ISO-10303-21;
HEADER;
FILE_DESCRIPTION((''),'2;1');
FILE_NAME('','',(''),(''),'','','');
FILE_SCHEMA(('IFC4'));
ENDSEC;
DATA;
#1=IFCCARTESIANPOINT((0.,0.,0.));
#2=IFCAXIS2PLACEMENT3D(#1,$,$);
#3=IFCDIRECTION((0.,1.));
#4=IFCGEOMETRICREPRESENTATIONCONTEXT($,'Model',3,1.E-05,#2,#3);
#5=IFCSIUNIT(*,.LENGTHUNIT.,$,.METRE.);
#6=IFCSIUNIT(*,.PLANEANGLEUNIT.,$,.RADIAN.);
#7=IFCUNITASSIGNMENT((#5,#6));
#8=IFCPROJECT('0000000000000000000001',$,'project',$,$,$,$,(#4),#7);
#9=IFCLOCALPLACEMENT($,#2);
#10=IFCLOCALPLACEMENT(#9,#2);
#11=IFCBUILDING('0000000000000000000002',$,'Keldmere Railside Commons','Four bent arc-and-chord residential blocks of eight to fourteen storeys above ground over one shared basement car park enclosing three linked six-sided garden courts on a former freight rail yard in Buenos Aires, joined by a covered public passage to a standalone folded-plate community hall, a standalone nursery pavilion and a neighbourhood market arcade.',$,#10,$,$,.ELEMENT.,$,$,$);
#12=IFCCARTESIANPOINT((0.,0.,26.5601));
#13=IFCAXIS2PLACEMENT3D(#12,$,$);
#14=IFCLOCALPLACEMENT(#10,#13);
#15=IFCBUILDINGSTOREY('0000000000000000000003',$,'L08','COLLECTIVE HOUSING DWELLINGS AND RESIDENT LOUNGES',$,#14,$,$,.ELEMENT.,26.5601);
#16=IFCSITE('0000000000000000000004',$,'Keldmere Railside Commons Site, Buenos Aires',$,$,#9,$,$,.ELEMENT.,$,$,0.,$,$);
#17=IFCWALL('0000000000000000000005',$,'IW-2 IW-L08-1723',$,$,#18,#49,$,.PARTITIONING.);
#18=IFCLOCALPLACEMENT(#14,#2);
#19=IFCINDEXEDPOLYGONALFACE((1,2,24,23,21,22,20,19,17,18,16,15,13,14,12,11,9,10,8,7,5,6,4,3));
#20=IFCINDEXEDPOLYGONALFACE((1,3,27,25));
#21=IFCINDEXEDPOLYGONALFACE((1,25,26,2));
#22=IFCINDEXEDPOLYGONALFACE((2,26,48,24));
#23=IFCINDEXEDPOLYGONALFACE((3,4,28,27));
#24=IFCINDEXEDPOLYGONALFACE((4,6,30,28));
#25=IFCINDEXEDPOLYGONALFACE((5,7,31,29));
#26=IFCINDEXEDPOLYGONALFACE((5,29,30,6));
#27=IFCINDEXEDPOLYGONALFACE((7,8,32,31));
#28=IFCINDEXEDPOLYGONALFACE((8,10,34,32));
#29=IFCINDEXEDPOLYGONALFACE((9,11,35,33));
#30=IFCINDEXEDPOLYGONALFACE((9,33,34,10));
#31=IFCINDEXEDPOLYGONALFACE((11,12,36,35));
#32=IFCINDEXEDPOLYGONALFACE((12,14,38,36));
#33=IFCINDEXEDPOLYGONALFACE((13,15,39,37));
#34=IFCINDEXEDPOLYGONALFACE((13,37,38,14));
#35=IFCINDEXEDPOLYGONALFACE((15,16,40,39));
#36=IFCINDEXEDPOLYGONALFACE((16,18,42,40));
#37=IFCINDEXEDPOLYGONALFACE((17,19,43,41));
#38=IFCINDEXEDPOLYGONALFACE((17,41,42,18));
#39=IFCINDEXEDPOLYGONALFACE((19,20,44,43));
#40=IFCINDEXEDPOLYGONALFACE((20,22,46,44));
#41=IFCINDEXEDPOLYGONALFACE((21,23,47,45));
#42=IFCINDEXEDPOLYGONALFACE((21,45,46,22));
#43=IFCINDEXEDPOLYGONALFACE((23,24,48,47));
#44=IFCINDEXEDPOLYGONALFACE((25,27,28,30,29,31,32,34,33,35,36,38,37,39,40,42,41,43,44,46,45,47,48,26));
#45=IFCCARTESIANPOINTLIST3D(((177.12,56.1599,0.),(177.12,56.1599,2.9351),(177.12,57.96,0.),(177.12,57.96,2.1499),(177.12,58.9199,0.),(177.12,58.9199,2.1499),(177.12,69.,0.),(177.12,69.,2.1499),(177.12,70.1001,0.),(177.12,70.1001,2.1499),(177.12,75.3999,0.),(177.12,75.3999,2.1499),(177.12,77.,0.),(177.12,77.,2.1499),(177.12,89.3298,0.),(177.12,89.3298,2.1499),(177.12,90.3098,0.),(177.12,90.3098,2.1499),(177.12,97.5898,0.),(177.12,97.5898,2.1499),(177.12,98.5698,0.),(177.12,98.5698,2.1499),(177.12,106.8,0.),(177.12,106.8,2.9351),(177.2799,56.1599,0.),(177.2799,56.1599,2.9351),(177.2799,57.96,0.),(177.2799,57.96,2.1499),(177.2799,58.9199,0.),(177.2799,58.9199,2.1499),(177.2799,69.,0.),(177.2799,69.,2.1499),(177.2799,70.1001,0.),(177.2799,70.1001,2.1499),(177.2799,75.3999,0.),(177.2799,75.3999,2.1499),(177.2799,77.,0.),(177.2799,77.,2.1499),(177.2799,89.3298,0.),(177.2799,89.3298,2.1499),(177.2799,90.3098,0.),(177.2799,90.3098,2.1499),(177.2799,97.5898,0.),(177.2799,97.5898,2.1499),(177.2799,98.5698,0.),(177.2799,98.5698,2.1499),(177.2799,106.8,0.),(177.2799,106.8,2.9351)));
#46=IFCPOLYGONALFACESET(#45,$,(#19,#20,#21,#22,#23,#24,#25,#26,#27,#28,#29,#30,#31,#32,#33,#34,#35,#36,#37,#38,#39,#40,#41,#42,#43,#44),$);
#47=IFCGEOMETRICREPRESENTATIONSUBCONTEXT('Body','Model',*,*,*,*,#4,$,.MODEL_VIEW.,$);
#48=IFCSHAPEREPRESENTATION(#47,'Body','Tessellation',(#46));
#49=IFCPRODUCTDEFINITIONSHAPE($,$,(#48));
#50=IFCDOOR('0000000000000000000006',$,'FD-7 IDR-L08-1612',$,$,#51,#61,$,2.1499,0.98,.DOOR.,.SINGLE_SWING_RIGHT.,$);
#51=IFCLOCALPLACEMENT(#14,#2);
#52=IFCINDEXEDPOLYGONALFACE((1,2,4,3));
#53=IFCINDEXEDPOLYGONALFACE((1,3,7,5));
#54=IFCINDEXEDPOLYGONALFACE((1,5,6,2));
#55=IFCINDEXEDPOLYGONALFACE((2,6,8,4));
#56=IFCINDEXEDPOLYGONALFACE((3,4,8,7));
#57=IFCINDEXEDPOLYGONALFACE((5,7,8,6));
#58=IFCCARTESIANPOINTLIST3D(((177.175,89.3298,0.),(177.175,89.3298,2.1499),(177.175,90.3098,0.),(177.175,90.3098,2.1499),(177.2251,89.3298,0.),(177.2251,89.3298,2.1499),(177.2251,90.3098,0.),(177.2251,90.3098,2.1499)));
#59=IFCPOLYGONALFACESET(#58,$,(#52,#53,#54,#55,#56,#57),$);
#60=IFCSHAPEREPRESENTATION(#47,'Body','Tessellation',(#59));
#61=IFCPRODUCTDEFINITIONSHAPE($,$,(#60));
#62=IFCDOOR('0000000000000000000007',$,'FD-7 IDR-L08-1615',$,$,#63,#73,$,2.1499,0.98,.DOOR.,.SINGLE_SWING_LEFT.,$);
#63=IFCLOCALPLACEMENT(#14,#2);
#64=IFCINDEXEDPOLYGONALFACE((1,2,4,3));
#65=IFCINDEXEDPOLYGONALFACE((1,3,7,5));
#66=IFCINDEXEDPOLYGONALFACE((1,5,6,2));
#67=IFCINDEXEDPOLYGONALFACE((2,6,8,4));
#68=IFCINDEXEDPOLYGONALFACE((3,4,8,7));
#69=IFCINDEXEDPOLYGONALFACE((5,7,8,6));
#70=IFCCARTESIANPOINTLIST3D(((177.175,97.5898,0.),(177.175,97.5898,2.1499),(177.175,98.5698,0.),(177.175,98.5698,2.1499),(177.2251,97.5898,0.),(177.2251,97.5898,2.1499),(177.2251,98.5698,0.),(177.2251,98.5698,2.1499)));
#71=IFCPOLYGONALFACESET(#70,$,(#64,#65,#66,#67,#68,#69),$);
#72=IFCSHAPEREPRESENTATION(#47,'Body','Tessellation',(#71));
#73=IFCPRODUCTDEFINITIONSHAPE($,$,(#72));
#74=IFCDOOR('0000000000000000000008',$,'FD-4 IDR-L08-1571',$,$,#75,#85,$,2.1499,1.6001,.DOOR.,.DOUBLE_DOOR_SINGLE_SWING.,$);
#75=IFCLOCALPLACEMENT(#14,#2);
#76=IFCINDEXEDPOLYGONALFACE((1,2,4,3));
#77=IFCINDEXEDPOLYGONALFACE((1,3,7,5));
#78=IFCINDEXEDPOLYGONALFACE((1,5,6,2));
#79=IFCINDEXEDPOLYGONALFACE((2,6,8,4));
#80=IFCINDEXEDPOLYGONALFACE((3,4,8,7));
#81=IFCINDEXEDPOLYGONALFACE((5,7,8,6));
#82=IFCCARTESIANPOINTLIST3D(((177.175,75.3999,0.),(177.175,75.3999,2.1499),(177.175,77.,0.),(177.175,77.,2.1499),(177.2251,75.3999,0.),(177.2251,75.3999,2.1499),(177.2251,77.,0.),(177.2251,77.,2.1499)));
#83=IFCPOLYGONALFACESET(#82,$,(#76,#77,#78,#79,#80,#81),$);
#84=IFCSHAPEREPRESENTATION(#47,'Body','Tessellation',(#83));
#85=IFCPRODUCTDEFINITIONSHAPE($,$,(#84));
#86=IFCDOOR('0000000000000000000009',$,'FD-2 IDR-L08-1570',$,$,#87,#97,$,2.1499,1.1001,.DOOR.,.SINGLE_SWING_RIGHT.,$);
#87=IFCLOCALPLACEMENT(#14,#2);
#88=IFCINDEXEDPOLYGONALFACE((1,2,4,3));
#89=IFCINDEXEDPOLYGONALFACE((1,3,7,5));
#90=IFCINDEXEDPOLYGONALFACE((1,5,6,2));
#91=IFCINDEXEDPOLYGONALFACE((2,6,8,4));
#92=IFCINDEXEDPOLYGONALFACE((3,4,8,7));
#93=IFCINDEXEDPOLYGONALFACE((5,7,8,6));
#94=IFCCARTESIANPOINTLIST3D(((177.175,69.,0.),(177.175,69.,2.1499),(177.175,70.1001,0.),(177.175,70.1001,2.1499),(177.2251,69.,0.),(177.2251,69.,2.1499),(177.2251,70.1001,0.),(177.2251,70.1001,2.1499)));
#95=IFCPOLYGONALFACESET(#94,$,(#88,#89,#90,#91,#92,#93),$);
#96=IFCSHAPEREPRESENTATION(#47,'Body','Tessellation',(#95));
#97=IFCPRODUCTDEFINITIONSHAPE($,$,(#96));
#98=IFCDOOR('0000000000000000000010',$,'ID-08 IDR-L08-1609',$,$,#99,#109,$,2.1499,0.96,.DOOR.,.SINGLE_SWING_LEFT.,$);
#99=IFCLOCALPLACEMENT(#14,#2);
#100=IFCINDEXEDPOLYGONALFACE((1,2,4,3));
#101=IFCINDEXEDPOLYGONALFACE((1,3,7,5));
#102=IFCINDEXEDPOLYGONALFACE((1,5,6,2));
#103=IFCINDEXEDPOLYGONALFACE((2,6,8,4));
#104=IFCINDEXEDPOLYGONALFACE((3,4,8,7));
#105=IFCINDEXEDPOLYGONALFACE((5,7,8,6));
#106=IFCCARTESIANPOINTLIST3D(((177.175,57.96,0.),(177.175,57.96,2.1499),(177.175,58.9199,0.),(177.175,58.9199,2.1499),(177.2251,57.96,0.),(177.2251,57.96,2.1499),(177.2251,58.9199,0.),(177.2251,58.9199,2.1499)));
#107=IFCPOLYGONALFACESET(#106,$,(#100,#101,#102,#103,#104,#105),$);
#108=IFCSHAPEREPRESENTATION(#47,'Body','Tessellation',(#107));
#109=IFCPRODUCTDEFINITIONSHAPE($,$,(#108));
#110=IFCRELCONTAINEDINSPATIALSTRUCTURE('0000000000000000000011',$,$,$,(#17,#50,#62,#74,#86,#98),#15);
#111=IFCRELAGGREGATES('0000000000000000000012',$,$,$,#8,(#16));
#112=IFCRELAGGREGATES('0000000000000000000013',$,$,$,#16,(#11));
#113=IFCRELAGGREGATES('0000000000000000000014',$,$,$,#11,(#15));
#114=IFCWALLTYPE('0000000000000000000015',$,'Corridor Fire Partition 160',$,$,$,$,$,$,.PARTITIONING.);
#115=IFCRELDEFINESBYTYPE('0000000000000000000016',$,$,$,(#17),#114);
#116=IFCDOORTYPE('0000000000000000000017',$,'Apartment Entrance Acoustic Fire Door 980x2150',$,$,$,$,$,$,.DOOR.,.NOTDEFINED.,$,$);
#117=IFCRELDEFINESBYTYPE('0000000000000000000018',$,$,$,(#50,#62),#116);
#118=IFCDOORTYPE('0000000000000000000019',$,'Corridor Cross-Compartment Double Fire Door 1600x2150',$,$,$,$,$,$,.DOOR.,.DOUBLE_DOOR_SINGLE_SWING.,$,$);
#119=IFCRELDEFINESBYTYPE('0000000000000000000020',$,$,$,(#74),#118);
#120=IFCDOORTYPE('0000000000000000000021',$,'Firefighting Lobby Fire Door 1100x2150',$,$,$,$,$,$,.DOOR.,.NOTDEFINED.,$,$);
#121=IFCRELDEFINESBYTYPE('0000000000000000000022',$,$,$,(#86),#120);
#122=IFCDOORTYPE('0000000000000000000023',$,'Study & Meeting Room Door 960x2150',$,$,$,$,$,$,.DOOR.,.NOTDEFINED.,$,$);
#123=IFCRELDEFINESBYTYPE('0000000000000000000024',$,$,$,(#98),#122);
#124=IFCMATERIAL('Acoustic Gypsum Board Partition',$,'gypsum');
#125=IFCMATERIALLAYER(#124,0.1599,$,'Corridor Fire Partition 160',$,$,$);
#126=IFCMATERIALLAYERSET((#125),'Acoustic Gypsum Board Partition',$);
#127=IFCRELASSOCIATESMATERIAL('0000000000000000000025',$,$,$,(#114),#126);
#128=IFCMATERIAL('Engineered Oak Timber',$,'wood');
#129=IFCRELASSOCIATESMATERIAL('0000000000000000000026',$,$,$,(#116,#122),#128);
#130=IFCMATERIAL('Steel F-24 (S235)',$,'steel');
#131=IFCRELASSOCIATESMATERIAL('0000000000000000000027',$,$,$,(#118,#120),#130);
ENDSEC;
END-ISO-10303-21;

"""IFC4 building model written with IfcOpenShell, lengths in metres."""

from ifc_helpers import new_model, si_unit, direction, frame, frame_2d, origin, place, context, subcontext, project, spatial, rectangle, extrude, material, layer, layer_set, type_object, element, fill, save


model = new_model("IFC4")

# Units and contexts
model_context = context("Model", 3, precision=1e-05, world=origin(), true_north=direction((0.0, 1.0)))
body_context = subcontext(model_context, "Body", "Model", "MODEL_VIEW")
ifc_project = project(units=[si_unit("LENGTHUNIT", "METRE"), si_unit("PLANEANGLEUNIT", "RADIAN")], contexts=[model_context])

# Site, building, storey
site_placement = place(None, origin())
site = spatial("IfcSite", under=ifc_project, at=site_placement, Name="Keldmere Railside Commons Site, Buenos Aires", CompositionType="ELEMENT", RefElevation=0.0)
building_placement = place(site_placement, origin())
building = spatial("IfcBuilding", under=site, at=building_placement, Name="Keldmere Railside Commons", Description="Four bent arc-and-chord residential blocks of eight to fourteen storeys above ground over one shared basement car park enclosing three linked six-sided garden courts on a former freight rail yard in Buenos Aires, joined by a covered public passage to a standalone folded-plate community hall, a standalone nursery pavilion and a neighbourhood market arcade.", CompositionType="ELEMENT")
storey_placement = place(building_placement, frame((0.0, 0.0, 26.5601)))
storey = spatial("IfcBuildingStorey", under=building, at=storey_placement, Name="L08", Description="COLLECTIVE HOUSING DWELLINGS AND RESIDENT LOUNGES", CompositionType="ELEMENT", Elevation=26.5601)

# Wall, openings, doors
ifc_material_1 = material(Name="Acoustic Gypsum Board Partition", Category="gypsum")
ifc_layer = layer(ifc_material_1, 0.1599, Name="Corridor Fire Partition 160")
ifc_layer_set = layer_set([ifc_layer], Name="Acoustic Gypsum Board Partition")
wall_type = type_object("IfcWallType", Name="Corridor Fire Partition 160", PredefinedType="PARTITIONING", material=ifc_layer_set)
ifc_material_2 = material(Name="Engineered Oak Timber", Category="wood")
door_type_1 = type_object("IfcDoorType", Name="Apartment Entrance Acoustic Fire Door 980x2150", OperationType="NOTDEFINED", PredefinedType="DOOR", material=ifc_material_2)
wall_1_placement = place(storey_placement, frame((177.2, 56.1599, 0.0), z_axis=(0.0, 0.0, 1.0), x_axis=(0.0, 1.0, 0.0)))
wall_1 = element("IfcWall", 1, at=wall_1_placement, inside=storey, type_object=wall_type, Name="IW-2 IW-L08-1723", PredefinedType="PARTITIONING", context=body_context, shape_type="SweptSolid", body=[
    extrude(rectangle(XDim=50.6401, YDim=0.1599, at=frame_2d((25.3201, 0.0))), origin(), (0.0, 0.0, 1.0), 2.9351),
])
opening_1_placement = place(wall_1_placement, frame((12.8401, 0.0, 0.0)))
opening_1 = element("IfcOpeningElement", 2, at=opening_1_placement, cuts=wall_1, PredefinedType="OPENING", context=body_context, shape_type="SweptSolid", body=[
    extrude(rectangle(XDim=1.1001, YDim=2.1499, at=frame_2d((0.55, 1.075))), frame((0.0, 0.0898, 0.0), z_axis=(0.0, -1.0, 0.0), x_axis=(1.0, 0.0, 0.0)), (0.0, 0.0, 1.0), 0.1799),
])
opening_2_placement = place(wall_1_placement, frame((19.24, 0.0, 0.0)))
opening_2 = element("IfcOpeningElement", 3, at=opening_2_placement, cuts=wall_1, PredefinedType="OPENING", context=body_context, shape_type="SweptSolid", body=[
    extrude(rectangle(XDim=1.6001, YDim=2.1499, at=frame_2d((0.8, 1.075))), frame((0.0, 0.0898, 0.0), z_axis=(0.0, -1.0, 0.0), x_axis=(1.0, 0.0, 0.0)), (0.0, 0.0, 1.0), 0.1799),
])
opening_3_placement = place(wall_1_placement, frame((1.8, 0.0, 0.0)))
opening_3 = element("IfcOpeningElement", 4, at=opening_3_placement, cuts=wall_1, PredefinedType="OPENING", context=body_context, shape_type="SweptSolid", body=[
    extrude(rectangle(XDim=0.96, YDim=2.1499, at=frame_2d((0.48, 1.075))), frame((0.0, 0.0898, 0.0), z_axis=(0.0, -1.0, 0.0), x_axis=(1.0, 0.0, 0.0)), (0.0, 0.0, 1.0), 0.1799),
])
opening_4_placement = place(wall_1_placement, frame((33.1699, 0.0, 0.0)))
opening_4 = element("IfcOpeningElement", 5, at=opening_4_placement, cuts=wall_1, PredefinedType="OPENING", context=body_context, shape_type="SweptSolid", body=[
    extrude(rectangle(XDim=0.98, YDim=2.1499, at=frame_2d((0.49, 1.075))), frame((0.0, 0.0898, 0.0), z_axis=(0.0, -1.0, 0.0), x_axis=(1.0, 0.0, 0.0)), (0.0, 0.0, 1.0), 0.1799),
])
opening_5_placement = place(wall_1_placement, frame((41.4299, 0.0, 0.0)))
opening_5 = element("IfcOpeningElement", 6, at=opening_5_placement, cuts=wall_1, PredefinedType="OPENING", context=body_context, shape_type="SweptSolid", body=[
    extrude(rectangle(XDim=0.98, YDim=2.1499, at=frame_2d((0.49, 1.075))), frame((0.0, 0.0898, 0.0), z_axis=(0.0, -1.0, 0.0), x_axis=(1.0, 0.0, 0.0)), (0.0, 0.0, 1.0), 0.1799),
])
door_1_placement = place(opening_4_placement, origin())
door_1 = element("IfcDoor", 7, at=door_1_placement, inside=storey, type_object=door_type_1, Name="FD-7 IDR-L08-1612", OperationType="SINGLE_SWING_RIGHT", OverallHeight=2.1499, OverallWidth=0.98, PredefinedType="DOOR", context=body_context, shape_type="SweptSolid", body=[
    extrude(rectangle(XDim=0.98, YDim=2.1499, at=frame_2d((0.49, 1.075))), frame((0.0, 0.0249, 0.0), z_axis=(0.0, -1.0, 0.0), x_axis=(1.0, 0.0, 0.0)), (0.0, 0.0, 1.0), 0.05),
])
fill(opening_4, door_1)
door_2_placement = place(opening_5_placement, origin())
door_2 = element("IfcDoor", 8, at=door_2_placement, inside=storey, type_object=door_type_1, Name="FD-7 IDR-L08-1615", OperationType="SINGLE_SWING_LEFT", OverallHeight=2.1499, OverallWidth=0.98, PredefinedType="DOOR", context=body_context, shape_type="SweptSolid", body=[
    extrude(rectangle(XDim=0.98, YDim=2.1499, at=frame_2d((0.49, 1.075))), frame((0.0, 0.0249, 0.0), z_axis=(0.0, -1.0, 0.0), x_axis=(1.0, 0.0, 0.0)), (0.0, 0.0, 1.0), 0.05),
])
fill(opening_5, door_2)
ifc_material_3 = material(Name="Steel F-24 (S235)", Category="steel")
door_type_2 = type_object("IfcDoorType", Name="Corridor Cross-Compartment Double Fire Door 1600x2150", OperationType="DOUBLE_DOOR_SINGLE_SWING", PredefinedType="DOOR", material=ifc_material_3)
door_3_placement = place(opening_2_placement, origin())
door_3 = element("IfcDoor", 9, at=door_3_placement, inside=storey, type_object=door_type_2, Name="FD-4 IDR-L08-1571", OperationType="DOUBLE_DOOR_SINGLE_SWING", OverallHeight=2.1499, OverallWidth=1.6001, PredefinedType="DOOR", context=body_context, shape_type="SweptSolid", body=[
    extrude(rectangle(XDim=1.6001, YDim=2.1499, at=frame_2d((0.8, 1.075))), frame((0.0, 0.0249, 0.0), z_axis=(0.0, -1.0, 0.0), x_axis=(1.0, 0.0, 0.0)), (0.0, 0.0, 1.0), 0.05),
])
fill(opening_2, door_3)
door_type_3 = type_object("IfcDoorType", Name="Firefighting Lobby Fire Door 1100x2150", OperationType="NOTDEFINED", PredefinedType="DOOR", material=ifc_material_3)
door_4_placement = place(opening_1_placement, origin())
door_4 = element("IfcDoor", 10, at=door_4_placement, inside=storey, type_object=door_type_3, Name="FD-2 IDR-L08-1570", OperationType="SINGLE_SWING_RIGHT", OverallHeight=2.1499, OverallWidth=1.1001, PredefinedType="DOOR", context=body_context, shape_type="SweptSolid", body=[
    extrude(rectangle(XDim=1.1001, YDim=2.1499, at=frame_2d((0.55, 1.075))), frame((0.0, 0.0249, 0.0), z_axis=(0.0, -1.0, 0.0), x_axis=(1.0, 0.0, 0.0)), (0.0, 0.0, 1.0), 0.05),
])
fill(opening_1, door_4)
door_type_4 = type_object("IfcDoorType", Name="Study & Meeting Room Door 960x2150", OperationType="NOTDEFINED", PredefinedType="DOOR", material=ifc_material_2)
door_5_placement = place(opening_3_placement, origin())
door_5 = element("IfcDoor", 11, at=door_5_placement, inside=storey, type_object=door_type_4, Name="ID-08 IDR-L08-1609", OperationType="SINGLE_SWING_LEFT", OverallHeight=2.1499, OverallWidth=0.96, PredefinedType="DOOR", context=body_context, shape_type="SweptSolid", body=[
    extrude(rectangle(XDim=0.96, YDim=2.1499, at=frame_2d((0.48, 1.075))), frame((0.0, 0.0249, 0.0), z_axis=(0.0, -1.0, 0.0), x_axis=(1.0, 0.0, 0.0)), (0.0, 0.0, 1.0), 0.05),
])
fill(opening_3, door_5)

save(model, "model.ifc")
